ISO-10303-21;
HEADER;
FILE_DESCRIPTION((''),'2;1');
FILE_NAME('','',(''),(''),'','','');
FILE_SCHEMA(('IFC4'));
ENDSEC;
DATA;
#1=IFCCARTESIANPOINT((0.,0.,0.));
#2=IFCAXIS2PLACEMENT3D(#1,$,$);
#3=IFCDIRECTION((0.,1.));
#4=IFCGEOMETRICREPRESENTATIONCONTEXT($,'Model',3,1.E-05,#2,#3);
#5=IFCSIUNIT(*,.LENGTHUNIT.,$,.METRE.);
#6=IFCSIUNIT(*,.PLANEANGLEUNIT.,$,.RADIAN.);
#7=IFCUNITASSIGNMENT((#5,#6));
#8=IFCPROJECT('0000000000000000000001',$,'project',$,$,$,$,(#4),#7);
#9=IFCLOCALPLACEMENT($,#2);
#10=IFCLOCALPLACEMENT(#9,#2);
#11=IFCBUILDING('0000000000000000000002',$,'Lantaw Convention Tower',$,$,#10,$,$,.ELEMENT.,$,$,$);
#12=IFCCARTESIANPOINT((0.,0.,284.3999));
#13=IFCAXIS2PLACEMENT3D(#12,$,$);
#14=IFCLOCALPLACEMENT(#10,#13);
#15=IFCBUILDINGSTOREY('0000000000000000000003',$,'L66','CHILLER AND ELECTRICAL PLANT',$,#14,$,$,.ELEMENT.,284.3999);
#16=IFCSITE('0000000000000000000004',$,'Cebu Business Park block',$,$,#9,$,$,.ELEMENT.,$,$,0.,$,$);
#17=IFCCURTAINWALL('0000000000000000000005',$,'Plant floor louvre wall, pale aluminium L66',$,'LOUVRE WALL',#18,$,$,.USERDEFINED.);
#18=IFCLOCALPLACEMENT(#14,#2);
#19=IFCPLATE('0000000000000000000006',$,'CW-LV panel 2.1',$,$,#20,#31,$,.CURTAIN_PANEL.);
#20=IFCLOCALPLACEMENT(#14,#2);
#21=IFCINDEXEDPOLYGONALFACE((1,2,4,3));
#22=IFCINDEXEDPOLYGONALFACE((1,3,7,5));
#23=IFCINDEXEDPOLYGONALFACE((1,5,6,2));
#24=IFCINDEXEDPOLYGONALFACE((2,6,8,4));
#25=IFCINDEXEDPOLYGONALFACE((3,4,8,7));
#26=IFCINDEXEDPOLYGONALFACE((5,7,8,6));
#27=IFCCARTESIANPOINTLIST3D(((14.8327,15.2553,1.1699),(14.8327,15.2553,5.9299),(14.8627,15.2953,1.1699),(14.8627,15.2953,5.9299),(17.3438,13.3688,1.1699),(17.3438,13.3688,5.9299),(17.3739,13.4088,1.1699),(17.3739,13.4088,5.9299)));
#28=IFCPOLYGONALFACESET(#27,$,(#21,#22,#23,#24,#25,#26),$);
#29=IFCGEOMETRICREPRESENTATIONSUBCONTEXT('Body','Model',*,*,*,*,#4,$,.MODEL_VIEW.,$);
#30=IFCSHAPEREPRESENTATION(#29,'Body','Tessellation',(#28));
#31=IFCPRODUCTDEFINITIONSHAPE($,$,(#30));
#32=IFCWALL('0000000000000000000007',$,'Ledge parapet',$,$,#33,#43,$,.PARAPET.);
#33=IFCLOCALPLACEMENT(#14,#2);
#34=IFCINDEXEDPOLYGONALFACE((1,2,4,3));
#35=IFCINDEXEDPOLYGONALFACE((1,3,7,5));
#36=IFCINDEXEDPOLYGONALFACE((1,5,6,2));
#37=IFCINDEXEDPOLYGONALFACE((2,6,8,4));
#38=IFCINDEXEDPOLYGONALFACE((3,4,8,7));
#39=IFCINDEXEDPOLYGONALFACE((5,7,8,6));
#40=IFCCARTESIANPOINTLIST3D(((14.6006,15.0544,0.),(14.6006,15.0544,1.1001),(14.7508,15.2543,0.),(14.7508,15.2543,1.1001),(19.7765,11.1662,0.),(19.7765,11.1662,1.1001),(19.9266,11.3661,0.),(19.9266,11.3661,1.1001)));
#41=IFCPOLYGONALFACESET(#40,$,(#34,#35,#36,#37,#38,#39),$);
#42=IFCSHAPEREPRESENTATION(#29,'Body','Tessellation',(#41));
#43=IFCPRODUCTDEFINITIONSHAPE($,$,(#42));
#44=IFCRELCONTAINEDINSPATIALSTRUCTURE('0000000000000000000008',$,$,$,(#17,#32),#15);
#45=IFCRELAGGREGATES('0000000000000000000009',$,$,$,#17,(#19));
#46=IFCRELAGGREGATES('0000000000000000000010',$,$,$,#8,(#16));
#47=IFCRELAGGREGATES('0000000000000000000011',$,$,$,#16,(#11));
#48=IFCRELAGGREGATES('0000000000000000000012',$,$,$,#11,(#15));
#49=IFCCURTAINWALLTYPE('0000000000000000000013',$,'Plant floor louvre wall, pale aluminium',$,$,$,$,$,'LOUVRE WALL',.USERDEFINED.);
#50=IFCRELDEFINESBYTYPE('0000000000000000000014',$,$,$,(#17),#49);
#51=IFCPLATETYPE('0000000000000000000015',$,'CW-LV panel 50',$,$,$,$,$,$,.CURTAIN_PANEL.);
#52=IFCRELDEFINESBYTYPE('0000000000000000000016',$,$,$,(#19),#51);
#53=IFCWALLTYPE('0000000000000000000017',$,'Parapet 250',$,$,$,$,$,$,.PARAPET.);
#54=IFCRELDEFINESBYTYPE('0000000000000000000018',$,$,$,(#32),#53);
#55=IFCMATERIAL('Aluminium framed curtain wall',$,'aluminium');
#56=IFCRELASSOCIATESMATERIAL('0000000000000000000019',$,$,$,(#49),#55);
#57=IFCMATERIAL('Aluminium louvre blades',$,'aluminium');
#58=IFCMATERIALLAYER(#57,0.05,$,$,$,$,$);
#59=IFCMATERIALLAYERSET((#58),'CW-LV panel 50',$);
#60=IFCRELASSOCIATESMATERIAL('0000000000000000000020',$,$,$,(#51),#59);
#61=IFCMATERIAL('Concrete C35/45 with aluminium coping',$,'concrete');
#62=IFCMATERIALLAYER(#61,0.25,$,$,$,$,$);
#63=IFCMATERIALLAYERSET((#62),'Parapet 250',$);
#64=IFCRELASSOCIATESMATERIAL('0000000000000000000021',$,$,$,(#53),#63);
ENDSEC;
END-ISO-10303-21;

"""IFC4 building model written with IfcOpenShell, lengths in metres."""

from ifc_helpers import new_model, si_unit, direction, frame, frame_2d, origin, origin_2d, place, context, subcontext, project, spatial, rectangle, extrude, material, layer, layer_set, type_object, element, aggregate, save


model = new_model("IFC4")

# Units and contexts
model_context = context("Model", 3, precision=1e-05, world=origin(), true_north=direction((0.0, 1.0)))
body_context = subcontext(model_context, "Body", "Model", "MODEL_VIEW")
ifc_project = project(units=[si_unit("LENGTHUNIT", "METRE"), si_unit("PLANEANGLEUNIT", "RADIAN")], contexts=[model_context])

# Site, building, storey
site_placement = place(None, origin())
site = spatial("IfcSite", under=ifc_project, at=site_placement, Name="Cebu Business Park block", CompositionType="ELEMENT", RefElevation=0.0)
building_placement = place(site_placement, origin())
building = spatial("IfcBuilding", under=site, at=building_placement, Name="Lantaw Convention Tower", CompositionType="ELEMENT")
storey_placement = place(building_placement, frame((0.0, 0.0, 284.3999)))
storey = spatial("IfcBuildingStorey", under=building, at=storey_placement, Name="L66", Description="CHILLER AND ELECTRICAL PLANT", CompositionType="ELEMENT", Elevation=284.3999)

# Shared definitions
ifc_material_1 = material(Name="Aluminium framed curtain wall", Category="aluminium")

# Shared definitions
curtain_wall_type_1 = type_object("IfcCurtainWallType", Name="Plant floor louvre wall, pale aluminium", ElementType="LOUVRE WALL", PredefinedType="USERDEFINED", material=ifc_material_1)

# Curtain wall
curtain_wall_1_placement = place(storey_placement, origin())
curtain_wall_1 = element("IfcCurtainWall", 1, at=curtain_wall_1_placement, inside=storey, type_object=curtain_wall_type_1, Name="Plant floor louvre wall, pale aluminium L66", ObjectType="LOUVRE WALL", PredefinedType="USERDEFINED")

# Plate
ifc_material_2 = material(Name="Aluminium louvre blades", Category="aluminium")
ifc_layer_1 = layer(ifc_material_2, 0.05)
ifc_layer_set_1 = layer_set([ifc_layer_1], Name="CW-LV panel 50")
plate_type_1 = type_object("IfcPlateType", Name="CW-LV panel 50", PredefinedType="CURTAIN_PANEL", material=ifc_layer_set_1)
plate_1_placement = place(storey_placement, frame((16.1033, 14.332, 1.1699), z_axis=(0.0, 0.0, 1.0), x_axis=(-0.799518, 0.600643, 0.0)))
plate_1 = element("IfcPlate", 2, at=plate_1_placement, type_object=plate_type_1, Name="CW-LV panel 2.1", PredefinedType="CURTAIN_PANEL", context=body_context, shape_type="SweptSolid", body=[
    extrude(rectangle(XDim=3.1409, YDim=0.05, at=origin_2d()), origin(), (0.0, 0.0, 1.0), 4.76),
])
aggregate(curtain_wall_1, [plate_1])

# Wall
ifc_material_3 = material(Name="Concrete C35/45 with aluminium coping", Category="concrete")
ifc_layer_2 = layer(ifc_material_3, 0.25)
ifc_layer_set_2 = layer_set([ifc_layer_2], Name="Parapet 250")
wall_type = type_object("IfcWallType", Name="Parapet 250", PredefinedType="PARAPET", material=ifc_layer_set_2)
wall_placement = place(storey_placement, frame((19.8516, 11.2661, 0.0), z_axis=(0.0, 0.0, 1.0), x_axis=(-0.799529, 0.600627, 0.0)))
element("IfcWall", 3, at=wall_placement, inside=storey, type_object=wall_type, Name="Ledge parapet", PredefinedType="PARAPET", context=body_context, shape_type="SweptSolid", body=[
    extrude(rectangle(XDim=6.4736, YDim=0.25, at=frame_2d((3.2368, 0.0))), origin(), (0.0, 0.0, 1.0), 1.1001),
])

save(model, "model.ifc")
